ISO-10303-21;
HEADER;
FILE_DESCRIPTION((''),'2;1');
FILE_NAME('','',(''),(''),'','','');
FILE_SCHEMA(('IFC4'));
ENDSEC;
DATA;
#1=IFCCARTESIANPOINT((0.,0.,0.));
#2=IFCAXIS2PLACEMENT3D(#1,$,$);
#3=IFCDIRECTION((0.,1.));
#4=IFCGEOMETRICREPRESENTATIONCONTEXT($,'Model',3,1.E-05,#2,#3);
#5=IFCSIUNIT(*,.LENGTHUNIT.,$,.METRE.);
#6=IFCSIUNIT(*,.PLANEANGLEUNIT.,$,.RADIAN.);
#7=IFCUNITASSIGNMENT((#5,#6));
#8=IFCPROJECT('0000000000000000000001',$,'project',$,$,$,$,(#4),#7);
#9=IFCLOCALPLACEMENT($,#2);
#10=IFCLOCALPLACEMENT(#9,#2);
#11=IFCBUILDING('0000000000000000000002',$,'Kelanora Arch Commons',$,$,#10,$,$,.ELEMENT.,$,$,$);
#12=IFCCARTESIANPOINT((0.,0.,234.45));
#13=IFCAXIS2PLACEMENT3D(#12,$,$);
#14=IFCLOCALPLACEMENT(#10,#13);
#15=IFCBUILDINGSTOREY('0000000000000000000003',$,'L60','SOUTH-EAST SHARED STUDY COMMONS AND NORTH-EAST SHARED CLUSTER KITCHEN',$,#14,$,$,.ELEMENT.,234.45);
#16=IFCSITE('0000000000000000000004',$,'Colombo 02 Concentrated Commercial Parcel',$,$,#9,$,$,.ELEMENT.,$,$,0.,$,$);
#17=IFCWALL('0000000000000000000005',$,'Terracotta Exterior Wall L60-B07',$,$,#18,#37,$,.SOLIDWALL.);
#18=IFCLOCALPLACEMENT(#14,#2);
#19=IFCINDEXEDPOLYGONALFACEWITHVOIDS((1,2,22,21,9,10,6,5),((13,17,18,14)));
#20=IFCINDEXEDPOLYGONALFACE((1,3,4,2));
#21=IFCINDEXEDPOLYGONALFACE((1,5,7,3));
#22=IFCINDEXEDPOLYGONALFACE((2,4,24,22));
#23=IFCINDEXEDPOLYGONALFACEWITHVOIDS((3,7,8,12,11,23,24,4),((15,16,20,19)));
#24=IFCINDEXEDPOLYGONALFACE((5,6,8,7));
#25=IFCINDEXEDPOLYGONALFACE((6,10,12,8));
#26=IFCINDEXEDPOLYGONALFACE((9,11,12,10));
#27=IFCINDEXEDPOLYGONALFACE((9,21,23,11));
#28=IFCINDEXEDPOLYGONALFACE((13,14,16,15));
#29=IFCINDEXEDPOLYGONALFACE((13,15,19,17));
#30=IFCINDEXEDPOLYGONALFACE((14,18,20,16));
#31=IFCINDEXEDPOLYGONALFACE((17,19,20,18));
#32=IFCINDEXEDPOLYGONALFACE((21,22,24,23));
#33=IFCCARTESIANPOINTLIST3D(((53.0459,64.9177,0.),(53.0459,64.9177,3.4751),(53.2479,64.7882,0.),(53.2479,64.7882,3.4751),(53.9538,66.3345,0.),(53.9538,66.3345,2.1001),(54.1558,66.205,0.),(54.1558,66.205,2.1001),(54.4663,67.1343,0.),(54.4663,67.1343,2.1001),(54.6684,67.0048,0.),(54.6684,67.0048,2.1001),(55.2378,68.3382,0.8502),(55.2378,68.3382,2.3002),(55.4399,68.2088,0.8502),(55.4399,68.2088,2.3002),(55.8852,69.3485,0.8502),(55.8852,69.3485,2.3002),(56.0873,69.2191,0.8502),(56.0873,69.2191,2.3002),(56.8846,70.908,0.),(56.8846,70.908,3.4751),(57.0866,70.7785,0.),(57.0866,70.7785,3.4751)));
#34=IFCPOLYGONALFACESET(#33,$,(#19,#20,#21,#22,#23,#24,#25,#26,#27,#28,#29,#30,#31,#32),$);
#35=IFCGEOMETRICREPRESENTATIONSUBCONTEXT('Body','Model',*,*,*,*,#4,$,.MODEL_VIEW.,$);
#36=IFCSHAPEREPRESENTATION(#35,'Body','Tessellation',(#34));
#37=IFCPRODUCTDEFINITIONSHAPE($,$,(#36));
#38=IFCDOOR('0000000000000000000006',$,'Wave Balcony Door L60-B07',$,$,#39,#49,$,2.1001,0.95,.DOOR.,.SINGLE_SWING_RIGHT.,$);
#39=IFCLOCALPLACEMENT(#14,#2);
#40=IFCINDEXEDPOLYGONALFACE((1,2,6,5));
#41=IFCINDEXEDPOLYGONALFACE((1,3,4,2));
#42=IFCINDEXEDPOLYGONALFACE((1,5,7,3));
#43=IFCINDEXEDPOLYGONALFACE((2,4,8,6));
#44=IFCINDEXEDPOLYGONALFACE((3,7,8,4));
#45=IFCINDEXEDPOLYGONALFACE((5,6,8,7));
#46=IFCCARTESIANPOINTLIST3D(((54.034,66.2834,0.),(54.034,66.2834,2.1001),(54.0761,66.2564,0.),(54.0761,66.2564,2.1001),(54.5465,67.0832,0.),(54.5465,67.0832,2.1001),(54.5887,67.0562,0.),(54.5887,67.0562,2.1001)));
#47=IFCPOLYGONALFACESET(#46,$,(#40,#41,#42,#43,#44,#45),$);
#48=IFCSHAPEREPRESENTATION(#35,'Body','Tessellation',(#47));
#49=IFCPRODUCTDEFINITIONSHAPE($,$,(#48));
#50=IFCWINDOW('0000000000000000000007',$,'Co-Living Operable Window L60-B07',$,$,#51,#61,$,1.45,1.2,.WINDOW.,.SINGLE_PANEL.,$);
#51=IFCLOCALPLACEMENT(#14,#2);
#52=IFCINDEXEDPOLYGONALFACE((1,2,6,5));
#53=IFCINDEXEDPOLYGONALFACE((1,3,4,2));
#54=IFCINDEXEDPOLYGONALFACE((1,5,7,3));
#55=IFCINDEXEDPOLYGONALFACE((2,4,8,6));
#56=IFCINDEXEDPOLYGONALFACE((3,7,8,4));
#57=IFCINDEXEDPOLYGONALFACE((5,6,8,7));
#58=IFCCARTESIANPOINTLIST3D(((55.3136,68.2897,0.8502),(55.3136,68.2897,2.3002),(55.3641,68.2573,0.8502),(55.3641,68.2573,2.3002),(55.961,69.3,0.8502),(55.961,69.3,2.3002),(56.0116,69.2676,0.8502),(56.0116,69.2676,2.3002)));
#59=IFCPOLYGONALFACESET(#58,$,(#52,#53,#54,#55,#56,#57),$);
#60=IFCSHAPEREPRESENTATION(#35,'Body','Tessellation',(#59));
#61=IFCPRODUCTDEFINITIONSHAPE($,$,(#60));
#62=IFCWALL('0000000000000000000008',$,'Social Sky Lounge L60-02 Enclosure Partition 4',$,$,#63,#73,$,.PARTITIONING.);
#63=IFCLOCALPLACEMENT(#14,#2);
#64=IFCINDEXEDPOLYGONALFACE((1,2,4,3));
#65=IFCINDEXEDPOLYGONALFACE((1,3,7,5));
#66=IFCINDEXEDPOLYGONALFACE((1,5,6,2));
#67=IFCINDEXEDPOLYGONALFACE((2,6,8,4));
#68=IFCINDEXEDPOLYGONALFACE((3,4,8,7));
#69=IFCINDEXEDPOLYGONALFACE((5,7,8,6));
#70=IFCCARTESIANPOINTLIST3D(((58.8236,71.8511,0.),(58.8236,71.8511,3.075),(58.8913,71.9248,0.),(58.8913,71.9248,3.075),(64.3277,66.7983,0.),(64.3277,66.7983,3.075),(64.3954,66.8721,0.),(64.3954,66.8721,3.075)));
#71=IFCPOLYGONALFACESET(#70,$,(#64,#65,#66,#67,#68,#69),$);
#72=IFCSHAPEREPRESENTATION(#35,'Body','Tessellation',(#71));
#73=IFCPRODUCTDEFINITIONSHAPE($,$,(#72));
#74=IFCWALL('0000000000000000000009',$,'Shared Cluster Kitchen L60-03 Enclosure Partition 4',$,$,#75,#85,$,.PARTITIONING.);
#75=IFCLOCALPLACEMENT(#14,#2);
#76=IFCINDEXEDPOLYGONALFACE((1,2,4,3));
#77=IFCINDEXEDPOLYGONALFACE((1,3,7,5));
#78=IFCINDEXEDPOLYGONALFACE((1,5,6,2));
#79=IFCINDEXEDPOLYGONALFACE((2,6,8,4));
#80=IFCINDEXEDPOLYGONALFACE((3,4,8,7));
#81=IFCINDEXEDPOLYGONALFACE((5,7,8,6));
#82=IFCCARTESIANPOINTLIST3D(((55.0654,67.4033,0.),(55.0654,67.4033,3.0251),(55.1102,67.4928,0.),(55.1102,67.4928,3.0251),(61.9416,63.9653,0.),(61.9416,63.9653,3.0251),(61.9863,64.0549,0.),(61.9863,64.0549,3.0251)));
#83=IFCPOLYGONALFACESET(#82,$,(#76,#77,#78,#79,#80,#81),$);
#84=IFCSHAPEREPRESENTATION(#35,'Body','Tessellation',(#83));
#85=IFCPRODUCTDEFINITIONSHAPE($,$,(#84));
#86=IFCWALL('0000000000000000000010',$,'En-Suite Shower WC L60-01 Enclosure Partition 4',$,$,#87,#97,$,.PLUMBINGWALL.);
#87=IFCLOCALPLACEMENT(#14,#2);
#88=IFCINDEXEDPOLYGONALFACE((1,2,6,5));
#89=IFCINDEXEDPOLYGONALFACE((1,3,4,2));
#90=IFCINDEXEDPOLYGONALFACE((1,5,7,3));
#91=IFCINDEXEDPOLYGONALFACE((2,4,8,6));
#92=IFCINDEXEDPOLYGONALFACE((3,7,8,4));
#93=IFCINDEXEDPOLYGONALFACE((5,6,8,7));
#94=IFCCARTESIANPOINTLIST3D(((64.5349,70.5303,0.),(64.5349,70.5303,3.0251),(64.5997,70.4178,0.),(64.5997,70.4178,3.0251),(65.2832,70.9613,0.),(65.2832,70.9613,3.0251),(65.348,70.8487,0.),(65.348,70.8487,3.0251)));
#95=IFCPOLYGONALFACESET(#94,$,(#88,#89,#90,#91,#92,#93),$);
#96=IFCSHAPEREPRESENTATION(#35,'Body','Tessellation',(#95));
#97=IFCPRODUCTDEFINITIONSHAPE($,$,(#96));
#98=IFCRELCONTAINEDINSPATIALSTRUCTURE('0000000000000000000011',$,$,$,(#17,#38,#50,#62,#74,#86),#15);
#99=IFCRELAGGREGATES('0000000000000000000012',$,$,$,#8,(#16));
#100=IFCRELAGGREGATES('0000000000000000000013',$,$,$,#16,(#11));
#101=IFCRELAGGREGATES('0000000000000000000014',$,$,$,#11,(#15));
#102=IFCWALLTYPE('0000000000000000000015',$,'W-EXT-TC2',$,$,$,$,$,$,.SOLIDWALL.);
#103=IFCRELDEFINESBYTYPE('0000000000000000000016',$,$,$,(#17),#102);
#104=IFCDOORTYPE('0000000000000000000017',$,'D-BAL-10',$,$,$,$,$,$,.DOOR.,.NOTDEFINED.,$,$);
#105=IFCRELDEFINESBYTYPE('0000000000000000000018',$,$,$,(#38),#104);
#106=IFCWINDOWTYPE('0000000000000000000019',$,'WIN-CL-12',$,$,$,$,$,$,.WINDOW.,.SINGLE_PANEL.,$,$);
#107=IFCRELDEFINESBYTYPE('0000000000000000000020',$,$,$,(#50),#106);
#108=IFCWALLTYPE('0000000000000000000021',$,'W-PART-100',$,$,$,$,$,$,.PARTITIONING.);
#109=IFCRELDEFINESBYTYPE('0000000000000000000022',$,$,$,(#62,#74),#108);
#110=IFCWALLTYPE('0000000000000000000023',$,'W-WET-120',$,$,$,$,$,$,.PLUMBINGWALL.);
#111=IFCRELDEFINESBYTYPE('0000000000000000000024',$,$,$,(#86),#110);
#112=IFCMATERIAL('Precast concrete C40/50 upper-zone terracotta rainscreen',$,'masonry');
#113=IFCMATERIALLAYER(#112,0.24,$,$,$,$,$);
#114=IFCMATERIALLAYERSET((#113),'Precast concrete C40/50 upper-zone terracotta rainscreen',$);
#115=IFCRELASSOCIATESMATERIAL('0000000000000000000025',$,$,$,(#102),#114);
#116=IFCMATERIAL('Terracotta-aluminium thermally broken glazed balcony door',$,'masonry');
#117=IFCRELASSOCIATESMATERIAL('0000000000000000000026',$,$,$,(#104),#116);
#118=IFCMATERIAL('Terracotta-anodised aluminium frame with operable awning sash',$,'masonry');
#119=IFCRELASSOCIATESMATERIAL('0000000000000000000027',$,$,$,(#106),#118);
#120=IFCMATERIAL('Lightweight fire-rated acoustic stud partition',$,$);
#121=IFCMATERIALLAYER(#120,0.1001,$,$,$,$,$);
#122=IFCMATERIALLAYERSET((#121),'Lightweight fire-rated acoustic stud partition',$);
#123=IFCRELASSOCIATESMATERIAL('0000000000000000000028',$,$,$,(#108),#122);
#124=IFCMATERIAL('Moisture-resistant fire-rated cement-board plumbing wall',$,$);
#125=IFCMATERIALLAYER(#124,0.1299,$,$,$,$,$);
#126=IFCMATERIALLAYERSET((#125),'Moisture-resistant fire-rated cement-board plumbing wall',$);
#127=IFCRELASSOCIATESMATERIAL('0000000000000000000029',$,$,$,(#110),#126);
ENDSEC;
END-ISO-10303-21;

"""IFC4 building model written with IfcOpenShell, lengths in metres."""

from ifc_helpers import new_model, si_unit, direction, frame, frame_2d, origin, place, context, subcontext, project, spatial, rectangle, extrude, material, layer, layer_set, type_object, element, fill, save


model = new_model("IFC4")

# Units and contexts
model_context = context("Model", 3, precision=1e-05, world=origin(), true_north=direction((0.0, 1.0)))
body_context = subcontext(model_context, "Body", "Model", "MODEL_VIEW")
ifc_project = project(units=[si_unit("LENGTHUNIT", "METRE"), si_unit("PLANEANGLEUNIT", "RADIAN")], contexts=[model_context])

# Site, building, storey
site_placement = place(None, origin())
site = spatial("IfcSite", under=ifc_project, at=site_placement, Name="Colombo 02 Concentrated Commercial Parcel", CompositionType="ELEMENT", RefElevation=0.0)
building_placement = place(site_placement, origin())
building = spatial("IfcBuilding", under=site, at=building_placement, Name="Kelanora Arch Commons", CompositionType="ELEMENT")
storey_placement = place(building_placement, frame((0.0, 0.0, 234.45)))
storey = spatial("IfcBuildingStorey", under=building, at=storey_placement, Name="L60", Description="SOUTH-EAST SHARED STUDY COMMONS AND NORTH-EAST SHARED CLUSTER KITCHEN", CompositionType="ELEMENT", Elevation=234.45)

# Shared definitions
ifc_material_1 = material(Name="Precast concrete C40/50 upper-zone terracotta rainscreen", Category="masonry")
ifc_layer_1 = layer(ifc_material_1, 0.24)
ifc_layer_set_1 = layer_set([ifc_layer_1], Name="Precast concrete C40/50 upper-zone terracotta rainscreen")
wall_type_1 = type_object("IfcWallType", Name="W-EXT-TC2", PredefinedType="SOLIDWALL", material=ifc_layer_set_1)

# Wall, openings, door, window
wall_1_placement = place(storey_placement, frame((56.9856, 70.8433, 0.0), z_axis=(0.0, 0.0, 1.0), x_axis=(-0.53954, -0.84196, 0.0)))
wall_1 = element("IfcWall", 1, at=wall_1_placement, inside=storey, type_object=wall_type_1, Name="Terracotta Exterior Wall L60-B07", PredefinedType="SOLIDWALL", context=body_context, shape_type="SweptSolid", body=[
    extrude(rectangle(XDim=7.1147, YDim=0.24, at=frame_2d((3.5574, 0.0))), origin(), (0.0, 0.0, 1.0), 3.4751),
])
opening_1_placement = place(wall_1_placement, frame((4.4819, 0.0, 0.0)))
opening_1 = element("IfcOpeningElement", 2, at=opening_1_placement, cuts=wall_1, PredefinedType="OPENING", context=body_context, shape_type="SweptSolid", body=[
    extrude(rectangle(XDim=0.95, YDim=2.1001, at=frame_2d((0.4751, 1.05))), frame((0.0, 0.1299, 0.0), z_axis=(0.0, -1.0, 0.0), x_axis=(1.0, 0.0, 0.0)), (0.0, 0.0, 1.0), 0.26),
])
opening_2_placement = place(wall_1_placement, frame((1.8521, 0.0, 0.8501)))
opening_2 = element("IfcOpeningElement", 3, at=opening_2_placement, cuts=wall_1, PredefinedType="OPENING", context=body_context, shape_type="SweptSolid", body=[
    extrude(rectangle(XDim=1.2, YDim=1.45, at=frame_2d((0.6001, 0.7251))), frame((0.0, 0.1299, 0.0), z_axis=(0.0, -1.0, 0.0), x_axis=(1.0, 0.0, 0.0)), (0.0, 0.0, 1.0), 0.26),
])
ifc_material_2 = material(Name="Terracotta-aluminium thermally broken glazed balcony door", Category="masonry")
door_type = type_object("IfcDoorType", Name="D-BAL-10", OperationType="NOTDEFINED", PredefinedType="DOOR", material=ifc_material_2)
door_placement = place(opening_1_placement, frame((0.95, 0.0, 0.0), z_axis=(0.0, 0.0, 1.0), x_axis=(-1.0, 0.0, 0.0)))
door = element("IfcDoor", 4, at=door_placement, inside=storey, type_object=door_type, Name="Wave Balcony Door L60-B07", OperationType="SINGLE_SWING_RIGHT", OverallHeight=2.1001, OverallWidth=0.95, PredefinedType="DOOR", context=body_context, shape_type="SweptSolid", body=[
    extrude(rectangle(XDim=0.95, YDim=2.1001, at=frame_2d((0.4751, 1.05))), frame((0.0, 0.0249, 0.0), z_axis=(0.0, -1.0, 0.0), x_axis=(1.0, 0.0, 0.0)), (0.0, 0.0, 1.0), 0.05),
])
fill(opening_1, door)
ifc_material_3 = material(Name="Terracotta-anodised aluminium frame with operable awning sash", Category="masonry")
window_type_1 = type_object("IfcWindowType", Name="WIN-CL-12", PartitioningType="SINGLE_PANEL", PredefinedType="WINDOW", material=ifc_material_3)
window_1_placement = place(opening_2_placement, origin())
window_1 = element("IfcWindow", 5, at=window_1_placement, inside=storey, type_object=window_type_1, Name="Co-Living Operable Window L60-B07", OverallHeight=1.45, OverallWidth=1.2, PartitioningType="SINGLE_PANEL", PredefinedType="WINDOW", context=body_context, shape_type="SweptSolid", body=[
    extrude(rectangle(XDim=1.2, YDim=1.45, at=frame_2d((0.6001, 0.7251))), frame((0.0, 0.03, 0.0), z_axis=(0.0, -1.0, 0.0), x_axis=(1.0, 0.0, 0.0)), (0.0, 0.0, 1.0), 0.0601),
])
fill(opening_2, window_1)

# Walls
ifc_material_4 = material(Name="Lightweight fire-rated acoustic stud partition")
ifc_layer_2 = layer(ifc_material_4, 0.1001)
ifc_layer_set_2 = layer_set([ifc_layer_2], Name="Lightweight fire-rated acoustic stud partition")
wall_type_2 = type_object("IfcWallType", Name="W-PART-100", PredefinedType="PARTITIONING", material=ifc_layer_set_2)
wall_2_placement = place(storey_placement, frame((58.8574, 71.8879, 0.0), z_axis=(0.0, 0.0, 1.0), x_axis=(0.73667, -0.676253, 0.0)))
element("IfcWall", 6, at=wall_2_placement, inside=storey, type_object=wall_type_2, Name="Social Sky Lounge L60-02 Enclosure Partition 4", PredefinedType="PARTITIONING", context=body_context, shape_type="SweptSolid", body=[
    extrude(rectangle(XDim=7.4717, YDim=0.1001, at=frame_2d((3.7358, 0.0))), origin(), (0.0, 0.0, 1.0), 3.075),
])
wall_3_placement = place(storey_placement, frame((55.0879, 67.448, 0.0), z_axis=(0.0, 0.0, 1.0), x_axis=(0.894434, -0.447201, 0.0)))
element("IfcWall", 7, at=wall_3_placement, inside=storey, type_object=wall_type_2, Name="Shared Cluster Kitchen L60-03 Enclosure Partition 4", PredefinedType="PARTITIONING", context=body_context, shape_type="SweptSolid", body=[
    extrude(rectangle(XDim=7.6877, YDim=0.1001, at=frame_2d((3.8438, 0.0))), origin(), (0.0, 0.0, 1.0), 3.0251),
])
ifc_material_5 = material(Name="Moisture-resistant fire-rated cement-board plumbing wall")
ifc_layer_3 = layer(ifc_material_5, 0.1299)
ifc_layer_set_3 = layer_set([ifc_layer_3], Name="Moisture-resistant fire-rated cement-board plumbing wall")
wall_type_3 = type_object("IfcWallType", Name="W-WET-120", PredefinedType="PLUMBINGWALL", material=ifc_layer_set_3)
wall_4_placement = place(storey_placement, frame((64.5674, 70.4741, 0.0), z_axis=(0.0, 0.0, 1.0), x_axis=(0.866585, 0.499029, 0.0)))
element("IfcWall", 8, at=wall_4_placement, inside=storey, type_object=wall_type_3, Name="En-Suite Shower WC L60-01 Enclosure Partition 4", PredefinedType="PLUMBINGWALL", context=body_context, shape_type="SweptSolid", body=[
    extrude(rectangle(XDim=0.8635, YDim=0.1299, at=frame_2d((0.4316, 0.0))), origin(), (0.0, 0.0, 1.0), 3.0251),
])

save(model, "model.ifc")
